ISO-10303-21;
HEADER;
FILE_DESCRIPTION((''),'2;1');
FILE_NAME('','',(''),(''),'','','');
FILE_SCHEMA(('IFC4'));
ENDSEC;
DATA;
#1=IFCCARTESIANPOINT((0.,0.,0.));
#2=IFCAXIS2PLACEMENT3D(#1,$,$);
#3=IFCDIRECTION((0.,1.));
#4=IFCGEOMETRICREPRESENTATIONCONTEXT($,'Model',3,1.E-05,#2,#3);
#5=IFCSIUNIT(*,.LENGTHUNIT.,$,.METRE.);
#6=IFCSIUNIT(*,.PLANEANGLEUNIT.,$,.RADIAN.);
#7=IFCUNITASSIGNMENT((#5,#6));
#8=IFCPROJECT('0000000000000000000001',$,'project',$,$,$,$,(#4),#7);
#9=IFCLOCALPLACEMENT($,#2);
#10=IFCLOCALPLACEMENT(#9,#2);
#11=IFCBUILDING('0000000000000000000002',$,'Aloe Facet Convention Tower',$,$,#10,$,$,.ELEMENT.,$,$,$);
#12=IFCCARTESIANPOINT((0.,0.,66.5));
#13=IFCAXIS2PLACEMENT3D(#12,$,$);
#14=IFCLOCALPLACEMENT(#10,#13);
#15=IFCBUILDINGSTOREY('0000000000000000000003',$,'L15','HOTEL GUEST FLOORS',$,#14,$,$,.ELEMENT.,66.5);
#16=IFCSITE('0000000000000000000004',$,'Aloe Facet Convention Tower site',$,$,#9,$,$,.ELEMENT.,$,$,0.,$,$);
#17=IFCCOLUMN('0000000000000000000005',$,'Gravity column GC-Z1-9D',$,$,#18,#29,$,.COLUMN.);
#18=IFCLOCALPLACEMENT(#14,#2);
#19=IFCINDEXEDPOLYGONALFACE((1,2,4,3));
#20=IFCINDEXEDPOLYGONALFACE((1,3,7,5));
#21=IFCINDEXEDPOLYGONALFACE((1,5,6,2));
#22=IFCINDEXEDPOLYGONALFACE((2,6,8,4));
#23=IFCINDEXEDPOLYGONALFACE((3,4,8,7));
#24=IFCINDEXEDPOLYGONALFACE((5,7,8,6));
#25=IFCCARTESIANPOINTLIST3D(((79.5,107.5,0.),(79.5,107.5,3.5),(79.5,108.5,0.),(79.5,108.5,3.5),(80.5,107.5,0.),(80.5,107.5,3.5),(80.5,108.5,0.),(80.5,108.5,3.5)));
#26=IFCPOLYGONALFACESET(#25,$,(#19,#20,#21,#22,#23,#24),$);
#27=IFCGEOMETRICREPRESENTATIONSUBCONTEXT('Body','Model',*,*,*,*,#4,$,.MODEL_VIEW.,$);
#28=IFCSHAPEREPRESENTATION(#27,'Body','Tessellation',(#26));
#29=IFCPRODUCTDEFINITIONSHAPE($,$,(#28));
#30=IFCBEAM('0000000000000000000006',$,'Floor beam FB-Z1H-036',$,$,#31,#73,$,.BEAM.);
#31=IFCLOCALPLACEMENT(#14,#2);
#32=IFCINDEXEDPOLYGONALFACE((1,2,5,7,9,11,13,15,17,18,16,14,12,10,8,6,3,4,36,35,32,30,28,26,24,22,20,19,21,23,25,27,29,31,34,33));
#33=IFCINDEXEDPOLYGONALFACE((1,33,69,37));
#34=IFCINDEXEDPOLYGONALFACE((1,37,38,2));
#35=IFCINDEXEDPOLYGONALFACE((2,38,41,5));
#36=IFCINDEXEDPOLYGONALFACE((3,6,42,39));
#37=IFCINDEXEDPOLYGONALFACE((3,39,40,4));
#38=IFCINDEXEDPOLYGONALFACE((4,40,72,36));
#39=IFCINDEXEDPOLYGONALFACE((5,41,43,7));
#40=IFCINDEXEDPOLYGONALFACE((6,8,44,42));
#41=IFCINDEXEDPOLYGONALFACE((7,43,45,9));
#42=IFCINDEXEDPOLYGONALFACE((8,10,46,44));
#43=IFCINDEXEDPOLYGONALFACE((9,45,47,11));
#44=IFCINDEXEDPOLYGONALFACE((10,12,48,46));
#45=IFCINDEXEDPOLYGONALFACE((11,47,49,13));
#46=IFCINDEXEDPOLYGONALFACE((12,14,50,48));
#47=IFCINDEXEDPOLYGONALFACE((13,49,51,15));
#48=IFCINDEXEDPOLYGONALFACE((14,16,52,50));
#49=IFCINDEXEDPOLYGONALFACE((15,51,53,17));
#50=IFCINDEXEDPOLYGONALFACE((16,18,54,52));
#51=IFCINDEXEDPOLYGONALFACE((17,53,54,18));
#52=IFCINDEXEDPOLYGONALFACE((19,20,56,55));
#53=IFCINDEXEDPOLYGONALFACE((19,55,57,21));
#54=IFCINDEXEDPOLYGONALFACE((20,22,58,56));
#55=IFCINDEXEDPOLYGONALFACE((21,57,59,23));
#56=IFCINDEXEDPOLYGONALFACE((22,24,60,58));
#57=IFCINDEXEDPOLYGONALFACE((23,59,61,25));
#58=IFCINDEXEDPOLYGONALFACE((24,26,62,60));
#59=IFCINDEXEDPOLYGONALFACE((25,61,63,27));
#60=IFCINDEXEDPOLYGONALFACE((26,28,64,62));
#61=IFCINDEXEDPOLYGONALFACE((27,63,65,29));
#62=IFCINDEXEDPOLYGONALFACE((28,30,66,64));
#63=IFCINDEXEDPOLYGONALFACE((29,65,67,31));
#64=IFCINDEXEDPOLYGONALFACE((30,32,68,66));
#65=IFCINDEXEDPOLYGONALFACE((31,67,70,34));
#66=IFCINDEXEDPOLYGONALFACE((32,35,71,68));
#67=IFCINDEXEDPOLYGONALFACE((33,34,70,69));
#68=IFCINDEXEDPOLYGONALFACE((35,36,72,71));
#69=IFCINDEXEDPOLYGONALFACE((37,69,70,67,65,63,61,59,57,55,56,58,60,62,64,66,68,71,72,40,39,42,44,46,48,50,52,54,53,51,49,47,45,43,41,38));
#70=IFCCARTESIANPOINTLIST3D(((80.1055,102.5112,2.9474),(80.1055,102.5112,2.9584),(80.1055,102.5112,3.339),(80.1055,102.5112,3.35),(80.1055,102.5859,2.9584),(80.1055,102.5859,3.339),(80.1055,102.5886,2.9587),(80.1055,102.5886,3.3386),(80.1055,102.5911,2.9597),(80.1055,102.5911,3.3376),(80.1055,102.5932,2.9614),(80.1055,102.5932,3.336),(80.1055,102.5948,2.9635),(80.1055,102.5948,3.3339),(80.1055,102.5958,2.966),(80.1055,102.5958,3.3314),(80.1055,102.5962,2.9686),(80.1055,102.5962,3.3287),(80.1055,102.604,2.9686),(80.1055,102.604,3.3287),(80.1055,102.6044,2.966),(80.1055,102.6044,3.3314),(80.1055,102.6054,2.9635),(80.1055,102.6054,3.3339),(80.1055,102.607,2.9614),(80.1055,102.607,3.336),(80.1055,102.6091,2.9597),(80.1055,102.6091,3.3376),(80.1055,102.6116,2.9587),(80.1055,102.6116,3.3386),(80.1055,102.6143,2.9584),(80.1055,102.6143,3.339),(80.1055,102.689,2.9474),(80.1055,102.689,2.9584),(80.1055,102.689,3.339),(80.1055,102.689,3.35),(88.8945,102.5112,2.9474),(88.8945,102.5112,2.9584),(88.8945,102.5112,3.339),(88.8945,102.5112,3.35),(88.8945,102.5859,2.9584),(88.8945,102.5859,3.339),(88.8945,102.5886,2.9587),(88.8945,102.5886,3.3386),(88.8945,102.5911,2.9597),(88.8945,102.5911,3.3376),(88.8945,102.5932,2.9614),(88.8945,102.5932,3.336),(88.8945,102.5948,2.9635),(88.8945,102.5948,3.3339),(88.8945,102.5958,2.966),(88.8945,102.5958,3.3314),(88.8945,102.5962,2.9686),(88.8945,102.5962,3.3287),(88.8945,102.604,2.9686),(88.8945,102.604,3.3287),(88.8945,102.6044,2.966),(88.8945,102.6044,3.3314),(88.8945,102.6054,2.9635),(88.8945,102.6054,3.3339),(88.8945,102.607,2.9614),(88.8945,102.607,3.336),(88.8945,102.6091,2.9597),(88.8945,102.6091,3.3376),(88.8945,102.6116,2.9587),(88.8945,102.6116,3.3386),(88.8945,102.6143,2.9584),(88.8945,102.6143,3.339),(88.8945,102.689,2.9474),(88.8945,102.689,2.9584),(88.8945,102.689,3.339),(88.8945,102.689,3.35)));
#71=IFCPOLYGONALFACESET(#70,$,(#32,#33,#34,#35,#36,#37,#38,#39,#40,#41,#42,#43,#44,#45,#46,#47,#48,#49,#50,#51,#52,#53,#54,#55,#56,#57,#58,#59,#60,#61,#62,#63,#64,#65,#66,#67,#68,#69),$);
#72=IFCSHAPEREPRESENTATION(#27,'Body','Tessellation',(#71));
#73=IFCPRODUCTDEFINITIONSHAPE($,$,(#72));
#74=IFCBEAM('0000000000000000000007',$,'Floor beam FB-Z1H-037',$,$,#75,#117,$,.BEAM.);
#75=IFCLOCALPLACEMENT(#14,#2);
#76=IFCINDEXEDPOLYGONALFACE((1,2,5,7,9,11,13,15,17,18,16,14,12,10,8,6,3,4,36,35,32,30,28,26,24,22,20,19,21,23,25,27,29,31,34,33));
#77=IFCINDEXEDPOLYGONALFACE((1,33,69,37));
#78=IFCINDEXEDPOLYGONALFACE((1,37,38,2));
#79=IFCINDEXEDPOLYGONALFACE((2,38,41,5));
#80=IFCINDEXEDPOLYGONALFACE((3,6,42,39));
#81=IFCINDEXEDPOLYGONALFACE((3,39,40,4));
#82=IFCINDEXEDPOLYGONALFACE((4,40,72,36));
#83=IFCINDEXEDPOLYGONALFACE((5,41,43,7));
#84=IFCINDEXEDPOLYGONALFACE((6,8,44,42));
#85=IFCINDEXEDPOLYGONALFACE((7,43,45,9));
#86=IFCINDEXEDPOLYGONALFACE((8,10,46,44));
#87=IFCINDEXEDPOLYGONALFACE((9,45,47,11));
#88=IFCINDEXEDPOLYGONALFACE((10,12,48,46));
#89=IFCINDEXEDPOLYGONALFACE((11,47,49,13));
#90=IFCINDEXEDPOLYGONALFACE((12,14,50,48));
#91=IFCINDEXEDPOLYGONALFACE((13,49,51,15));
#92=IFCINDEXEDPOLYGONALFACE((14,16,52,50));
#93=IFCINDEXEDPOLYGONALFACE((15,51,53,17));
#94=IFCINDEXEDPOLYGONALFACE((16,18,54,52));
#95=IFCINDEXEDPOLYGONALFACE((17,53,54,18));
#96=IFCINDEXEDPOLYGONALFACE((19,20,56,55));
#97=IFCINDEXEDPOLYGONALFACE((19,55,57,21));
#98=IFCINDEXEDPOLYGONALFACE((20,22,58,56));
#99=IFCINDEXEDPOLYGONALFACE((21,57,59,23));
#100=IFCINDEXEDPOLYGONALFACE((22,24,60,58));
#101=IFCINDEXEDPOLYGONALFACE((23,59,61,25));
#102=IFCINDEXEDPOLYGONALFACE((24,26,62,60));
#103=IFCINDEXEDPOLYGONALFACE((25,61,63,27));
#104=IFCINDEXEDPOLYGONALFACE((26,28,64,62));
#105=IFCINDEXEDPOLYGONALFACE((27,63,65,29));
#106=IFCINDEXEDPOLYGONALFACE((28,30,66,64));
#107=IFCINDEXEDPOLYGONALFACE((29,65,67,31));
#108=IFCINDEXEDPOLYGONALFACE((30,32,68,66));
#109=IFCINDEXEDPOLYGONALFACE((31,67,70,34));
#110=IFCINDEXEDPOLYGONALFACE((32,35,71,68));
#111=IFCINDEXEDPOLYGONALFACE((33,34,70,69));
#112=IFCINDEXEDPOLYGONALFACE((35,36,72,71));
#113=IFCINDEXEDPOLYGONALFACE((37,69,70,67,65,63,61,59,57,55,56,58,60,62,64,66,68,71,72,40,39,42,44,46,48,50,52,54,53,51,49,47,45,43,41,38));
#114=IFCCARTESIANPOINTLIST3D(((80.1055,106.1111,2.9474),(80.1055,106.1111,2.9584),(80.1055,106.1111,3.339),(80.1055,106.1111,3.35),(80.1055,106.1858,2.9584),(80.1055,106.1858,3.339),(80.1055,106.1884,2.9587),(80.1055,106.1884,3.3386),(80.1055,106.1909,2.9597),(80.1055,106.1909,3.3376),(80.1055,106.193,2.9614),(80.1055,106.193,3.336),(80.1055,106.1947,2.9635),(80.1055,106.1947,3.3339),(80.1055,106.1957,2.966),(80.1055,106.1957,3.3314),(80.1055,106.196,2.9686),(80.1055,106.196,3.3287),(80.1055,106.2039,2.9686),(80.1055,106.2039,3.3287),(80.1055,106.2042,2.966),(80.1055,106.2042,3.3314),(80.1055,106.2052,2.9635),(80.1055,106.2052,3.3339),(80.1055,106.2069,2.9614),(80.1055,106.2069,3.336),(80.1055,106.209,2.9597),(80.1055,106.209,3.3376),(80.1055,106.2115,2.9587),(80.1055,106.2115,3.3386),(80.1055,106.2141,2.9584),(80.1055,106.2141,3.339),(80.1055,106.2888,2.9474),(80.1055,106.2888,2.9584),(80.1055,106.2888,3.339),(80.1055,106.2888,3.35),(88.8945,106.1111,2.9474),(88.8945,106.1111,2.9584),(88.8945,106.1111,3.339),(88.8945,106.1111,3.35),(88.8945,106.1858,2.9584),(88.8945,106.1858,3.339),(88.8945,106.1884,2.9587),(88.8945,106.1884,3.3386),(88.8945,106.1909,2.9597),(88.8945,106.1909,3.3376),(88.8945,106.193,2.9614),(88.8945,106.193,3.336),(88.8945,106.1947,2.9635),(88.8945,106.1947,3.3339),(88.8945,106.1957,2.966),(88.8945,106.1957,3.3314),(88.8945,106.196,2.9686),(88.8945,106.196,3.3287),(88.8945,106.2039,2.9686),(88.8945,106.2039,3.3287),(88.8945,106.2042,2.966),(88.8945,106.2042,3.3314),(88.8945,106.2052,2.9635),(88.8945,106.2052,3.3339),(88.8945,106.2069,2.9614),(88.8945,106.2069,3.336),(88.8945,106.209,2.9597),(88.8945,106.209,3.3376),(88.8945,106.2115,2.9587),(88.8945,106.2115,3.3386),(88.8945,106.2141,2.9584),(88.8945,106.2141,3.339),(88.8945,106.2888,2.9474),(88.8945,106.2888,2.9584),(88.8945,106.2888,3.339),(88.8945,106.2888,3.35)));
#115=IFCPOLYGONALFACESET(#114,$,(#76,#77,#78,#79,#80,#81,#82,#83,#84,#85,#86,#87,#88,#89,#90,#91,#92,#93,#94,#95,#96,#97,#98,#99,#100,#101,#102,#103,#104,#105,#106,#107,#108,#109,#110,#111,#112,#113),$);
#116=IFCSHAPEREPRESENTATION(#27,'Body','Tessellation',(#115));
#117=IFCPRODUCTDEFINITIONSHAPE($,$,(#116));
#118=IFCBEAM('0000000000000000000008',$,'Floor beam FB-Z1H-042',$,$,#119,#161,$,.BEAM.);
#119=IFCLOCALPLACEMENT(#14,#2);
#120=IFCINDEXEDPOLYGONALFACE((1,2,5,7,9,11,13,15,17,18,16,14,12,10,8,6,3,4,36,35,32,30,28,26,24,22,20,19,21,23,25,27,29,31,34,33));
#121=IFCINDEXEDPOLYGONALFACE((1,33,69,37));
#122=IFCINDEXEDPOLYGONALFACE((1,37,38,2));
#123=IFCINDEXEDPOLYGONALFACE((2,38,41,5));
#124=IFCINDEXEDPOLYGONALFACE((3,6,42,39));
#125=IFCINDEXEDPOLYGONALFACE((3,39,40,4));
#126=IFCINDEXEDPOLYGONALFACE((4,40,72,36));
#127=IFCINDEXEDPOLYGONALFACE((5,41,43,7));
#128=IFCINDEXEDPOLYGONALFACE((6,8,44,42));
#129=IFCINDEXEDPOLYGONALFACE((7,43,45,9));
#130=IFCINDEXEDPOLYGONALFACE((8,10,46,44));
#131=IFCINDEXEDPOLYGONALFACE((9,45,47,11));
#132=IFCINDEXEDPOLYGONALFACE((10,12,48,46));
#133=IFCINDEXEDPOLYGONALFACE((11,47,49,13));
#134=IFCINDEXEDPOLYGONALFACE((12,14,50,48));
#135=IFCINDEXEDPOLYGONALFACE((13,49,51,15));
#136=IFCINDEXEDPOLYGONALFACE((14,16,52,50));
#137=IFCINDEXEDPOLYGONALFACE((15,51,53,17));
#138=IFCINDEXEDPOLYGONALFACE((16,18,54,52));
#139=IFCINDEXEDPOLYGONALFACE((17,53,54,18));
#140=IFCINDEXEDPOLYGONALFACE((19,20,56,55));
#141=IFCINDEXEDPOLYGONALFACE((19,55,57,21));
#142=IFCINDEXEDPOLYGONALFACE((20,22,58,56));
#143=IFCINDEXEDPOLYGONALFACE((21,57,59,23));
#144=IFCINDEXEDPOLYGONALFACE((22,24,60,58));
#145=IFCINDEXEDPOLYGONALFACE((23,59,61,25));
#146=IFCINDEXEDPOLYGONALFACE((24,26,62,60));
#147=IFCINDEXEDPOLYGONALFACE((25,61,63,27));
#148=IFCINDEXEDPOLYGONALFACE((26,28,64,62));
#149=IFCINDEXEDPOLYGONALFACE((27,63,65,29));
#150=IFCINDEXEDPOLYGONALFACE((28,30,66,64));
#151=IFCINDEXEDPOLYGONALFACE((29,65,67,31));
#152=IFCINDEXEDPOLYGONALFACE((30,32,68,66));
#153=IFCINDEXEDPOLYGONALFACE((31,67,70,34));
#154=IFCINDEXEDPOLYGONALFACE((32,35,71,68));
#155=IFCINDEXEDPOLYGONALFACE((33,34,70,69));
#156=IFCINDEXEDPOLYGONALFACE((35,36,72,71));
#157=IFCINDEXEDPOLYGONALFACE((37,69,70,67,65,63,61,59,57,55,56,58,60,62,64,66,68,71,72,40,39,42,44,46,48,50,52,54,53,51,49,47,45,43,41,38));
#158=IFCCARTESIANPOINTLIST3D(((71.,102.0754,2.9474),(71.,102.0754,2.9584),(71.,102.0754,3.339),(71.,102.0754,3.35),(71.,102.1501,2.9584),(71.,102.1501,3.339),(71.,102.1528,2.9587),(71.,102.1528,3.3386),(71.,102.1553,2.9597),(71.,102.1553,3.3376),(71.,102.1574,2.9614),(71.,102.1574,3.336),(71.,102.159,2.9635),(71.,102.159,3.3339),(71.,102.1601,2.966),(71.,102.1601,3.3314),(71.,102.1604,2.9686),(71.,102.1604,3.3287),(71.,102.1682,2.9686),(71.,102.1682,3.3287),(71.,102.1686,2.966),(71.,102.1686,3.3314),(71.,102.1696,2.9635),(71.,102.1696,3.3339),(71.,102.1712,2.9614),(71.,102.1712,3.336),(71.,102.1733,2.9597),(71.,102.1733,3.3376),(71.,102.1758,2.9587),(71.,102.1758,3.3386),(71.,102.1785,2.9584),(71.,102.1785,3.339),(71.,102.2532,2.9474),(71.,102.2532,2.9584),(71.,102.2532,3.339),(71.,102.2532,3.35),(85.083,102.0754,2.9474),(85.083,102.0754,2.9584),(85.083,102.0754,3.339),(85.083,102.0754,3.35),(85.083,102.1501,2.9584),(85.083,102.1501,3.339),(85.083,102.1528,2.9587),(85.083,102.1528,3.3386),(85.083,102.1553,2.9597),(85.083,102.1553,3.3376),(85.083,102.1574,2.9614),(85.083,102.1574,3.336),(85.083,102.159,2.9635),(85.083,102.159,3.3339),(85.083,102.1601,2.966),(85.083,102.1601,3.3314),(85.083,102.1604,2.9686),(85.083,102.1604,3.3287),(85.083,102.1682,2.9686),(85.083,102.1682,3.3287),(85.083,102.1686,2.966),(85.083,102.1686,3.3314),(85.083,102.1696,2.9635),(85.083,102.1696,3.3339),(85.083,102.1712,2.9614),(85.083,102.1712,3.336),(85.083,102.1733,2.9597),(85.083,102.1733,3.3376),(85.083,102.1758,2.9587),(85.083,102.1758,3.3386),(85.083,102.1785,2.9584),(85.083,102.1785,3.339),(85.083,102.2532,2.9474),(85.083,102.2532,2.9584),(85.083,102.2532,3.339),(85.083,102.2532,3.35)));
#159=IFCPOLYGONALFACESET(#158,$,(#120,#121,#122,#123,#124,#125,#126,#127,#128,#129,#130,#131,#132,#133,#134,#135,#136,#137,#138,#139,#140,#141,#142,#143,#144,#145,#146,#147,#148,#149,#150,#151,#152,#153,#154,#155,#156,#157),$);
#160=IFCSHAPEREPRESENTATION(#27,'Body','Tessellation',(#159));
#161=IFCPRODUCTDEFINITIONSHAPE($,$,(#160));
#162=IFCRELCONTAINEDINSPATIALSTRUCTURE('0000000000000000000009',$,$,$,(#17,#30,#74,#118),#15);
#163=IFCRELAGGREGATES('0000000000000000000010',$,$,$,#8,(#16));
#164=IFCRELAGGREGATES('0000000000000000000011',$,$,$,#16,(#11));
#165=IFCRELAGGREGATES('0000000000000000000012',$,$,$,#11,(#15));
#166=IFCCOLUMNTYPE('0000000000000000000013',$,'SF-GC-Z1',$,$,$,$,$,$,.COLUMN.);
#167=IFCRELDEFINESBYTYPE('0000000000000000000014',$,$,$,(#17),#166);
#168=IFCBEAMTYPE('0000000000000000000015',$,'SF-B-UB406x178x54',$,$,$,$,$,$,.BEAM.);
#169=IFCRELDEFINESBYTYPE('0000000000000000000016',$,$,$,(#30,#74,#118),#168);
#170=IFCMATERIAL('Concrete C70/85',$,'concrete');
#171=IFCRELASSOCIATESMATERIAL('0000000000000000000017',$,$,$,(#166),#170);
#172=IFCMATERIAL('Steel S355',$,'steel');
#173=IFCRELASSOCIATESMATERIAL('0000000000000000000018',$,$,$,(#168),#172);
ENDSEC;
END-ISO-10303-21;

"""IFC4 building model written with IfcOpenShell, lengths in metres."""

from ifc_helpers import new_model, si_unit, direction, frame, origin, origin_2d, place, context, subcontext, project, spatial, rectangle, i_section, extrude, material, material_profile, profile_set, type_object, element, save


model = new_model("IFC4")

# Units and contexts
model_context = context("Model", 3, precision=1e-05, world=origin(), true_north=direction((0.0, 1.0)))
body_context = subcontext(model_context, "Body", "Model", "MODEL_VIEW")
ifc_project = project(units=[si_unit("LENGTHUNIT", "METRE"), si_unit("PLANEANGLEUNIT", "RADIAN")], contexts=[model_context])

# Site, building, storey
site_placement = place(None, origin())
site = spatial("IfcSite", under=ifc_project, at=site_placement, Name="Aloe Facet Convention Tower site", CompositionType="ELEMENT", RefElevation=0.0)
building_placement = place(site_placement, origin())
building = spatial("IfcBuilding", under=site, at=building_placement, Name="Aloe Facet Convention Tower", CompositionType="ELEMENT")
storey_placement = place(building_placement, frame((0.0, 0.0, 66.5)))
storey = spatial("IfcBuildingStorey", under=building, at=storey_placement, Name="L15", Description="HOTEL GUEST FLOORS", CompositionType="ELEMENT", Elevation=66.5)

# Column
ifc_material_1 = material(Name="Concrete C70/85", Category="concrete")
ifc_material_profile_1 = material_profile(ifc_material_1, rectangle(XDim=1.0, YDim=1.0, at=origin_2d()), Name="SF-GC-Z1")
ifc_profile_set_1 = profile_set([ifc_material_profile_1], Name="Concrete C70/85")
column_type = type_object("IfcColumnType", Name="SF-GC-Z1", PredefinedType="COLUMN", material=ifc_profile_set_1)
column_placement = place(storey_placement, frame((80.0, 108.0, 0.0), z_axis=(0.0, 0.0, 1.0), x_axis=(1.0, 0.0, 0.0)))
element("IfcColumn", 1, at=column_placement, inside=storey, type_object=column_type, Name="Gravity column GC-Z1-9D", PredefinedType="COLUMN", context=body_context, shape_type="SweptSolid", body=[
    extrude(rectangle(XDim=1.0, YDim=1.0, at=origin_2d()), origin(), (0.0, 0.0, 1.0), 3.5),
])

# Beams
ifc_material_2 = material(Name="Steel S355", Category="steel")
ifc_material_profile_2 = material_profile(ifc_material_2, i_section(OverallWidth=0.1777, OverallDepth=0.4026, WebThickness=0.0078, FlangeThickness=0.011, FilletRadius=0.0103, at=origin_2d()), Name="UB 406x178x54")
ifc_profile_set_2 = profile_set([ifc_material_profile_2], Name="Steel S355")
beam_type_1 = type_object("IfcBeamType", Name="SF-B-UB406x178x54", PredefinedType="BEAM", material=ifc_profile_set_2)
for number, where, z_axis, x_axis, name in (
    (2, (80.1055, 102.6001, 3.1487), (1.0, 0.0, 0.0), (0.0, 1.0, 0.0), "Floor beam FB-Z1H-036"),
    (3, (80.1055, 106.2, 3.1487), (1.0, 0.0, 0.0), (0.0, 1.0, 0.0), "Floor beam FB-Z1H-037"),
):
    element("IfcBeam", number, at=place(storey_placement, frame(where, z_axis=z_axis, x_axis=x_axis)), inside=storey, type_object=beam_type_1, Name=name, PredefinedType="BEAM", context=body_context, shape_type="SweptSolid", body=[
        extrude(i_section(OverallWidth=0.1777, OverallDepth=0.4026, WebThickness=0.0078, FlangeThickness=0.011, FilletRadius=0.0103, at=origin_2d()), origin(), (0.0, 0.0, 1.0), 8.7891),
    ])
beam_1_placement = place(storey_placement, frame((85.083, 102.1643, 3.1487), z_axis=(-1.0, 0.0, 0.0), x_axis=(0.0, -1.0, 0.0)))
element("IfcBeam", 4, at=beam_1_placement, inside=storey, type_object=beam_type_1, Name="Floor beam FB-Z1H-042", PredefinedType="BEAM", context=body_context, shape_type="SweptSolid", body=[
    extrude(i_section(OverallWidth=0.1777, OverallDepth=0.4026, WebThickness=0.0078, FlangeThickness=0.011, FilletRadius=0.0103, at=origin_2d()), origin(), (0.0, 0.0, 1.0), 14.083),
])

save(model, "model.ifc")
